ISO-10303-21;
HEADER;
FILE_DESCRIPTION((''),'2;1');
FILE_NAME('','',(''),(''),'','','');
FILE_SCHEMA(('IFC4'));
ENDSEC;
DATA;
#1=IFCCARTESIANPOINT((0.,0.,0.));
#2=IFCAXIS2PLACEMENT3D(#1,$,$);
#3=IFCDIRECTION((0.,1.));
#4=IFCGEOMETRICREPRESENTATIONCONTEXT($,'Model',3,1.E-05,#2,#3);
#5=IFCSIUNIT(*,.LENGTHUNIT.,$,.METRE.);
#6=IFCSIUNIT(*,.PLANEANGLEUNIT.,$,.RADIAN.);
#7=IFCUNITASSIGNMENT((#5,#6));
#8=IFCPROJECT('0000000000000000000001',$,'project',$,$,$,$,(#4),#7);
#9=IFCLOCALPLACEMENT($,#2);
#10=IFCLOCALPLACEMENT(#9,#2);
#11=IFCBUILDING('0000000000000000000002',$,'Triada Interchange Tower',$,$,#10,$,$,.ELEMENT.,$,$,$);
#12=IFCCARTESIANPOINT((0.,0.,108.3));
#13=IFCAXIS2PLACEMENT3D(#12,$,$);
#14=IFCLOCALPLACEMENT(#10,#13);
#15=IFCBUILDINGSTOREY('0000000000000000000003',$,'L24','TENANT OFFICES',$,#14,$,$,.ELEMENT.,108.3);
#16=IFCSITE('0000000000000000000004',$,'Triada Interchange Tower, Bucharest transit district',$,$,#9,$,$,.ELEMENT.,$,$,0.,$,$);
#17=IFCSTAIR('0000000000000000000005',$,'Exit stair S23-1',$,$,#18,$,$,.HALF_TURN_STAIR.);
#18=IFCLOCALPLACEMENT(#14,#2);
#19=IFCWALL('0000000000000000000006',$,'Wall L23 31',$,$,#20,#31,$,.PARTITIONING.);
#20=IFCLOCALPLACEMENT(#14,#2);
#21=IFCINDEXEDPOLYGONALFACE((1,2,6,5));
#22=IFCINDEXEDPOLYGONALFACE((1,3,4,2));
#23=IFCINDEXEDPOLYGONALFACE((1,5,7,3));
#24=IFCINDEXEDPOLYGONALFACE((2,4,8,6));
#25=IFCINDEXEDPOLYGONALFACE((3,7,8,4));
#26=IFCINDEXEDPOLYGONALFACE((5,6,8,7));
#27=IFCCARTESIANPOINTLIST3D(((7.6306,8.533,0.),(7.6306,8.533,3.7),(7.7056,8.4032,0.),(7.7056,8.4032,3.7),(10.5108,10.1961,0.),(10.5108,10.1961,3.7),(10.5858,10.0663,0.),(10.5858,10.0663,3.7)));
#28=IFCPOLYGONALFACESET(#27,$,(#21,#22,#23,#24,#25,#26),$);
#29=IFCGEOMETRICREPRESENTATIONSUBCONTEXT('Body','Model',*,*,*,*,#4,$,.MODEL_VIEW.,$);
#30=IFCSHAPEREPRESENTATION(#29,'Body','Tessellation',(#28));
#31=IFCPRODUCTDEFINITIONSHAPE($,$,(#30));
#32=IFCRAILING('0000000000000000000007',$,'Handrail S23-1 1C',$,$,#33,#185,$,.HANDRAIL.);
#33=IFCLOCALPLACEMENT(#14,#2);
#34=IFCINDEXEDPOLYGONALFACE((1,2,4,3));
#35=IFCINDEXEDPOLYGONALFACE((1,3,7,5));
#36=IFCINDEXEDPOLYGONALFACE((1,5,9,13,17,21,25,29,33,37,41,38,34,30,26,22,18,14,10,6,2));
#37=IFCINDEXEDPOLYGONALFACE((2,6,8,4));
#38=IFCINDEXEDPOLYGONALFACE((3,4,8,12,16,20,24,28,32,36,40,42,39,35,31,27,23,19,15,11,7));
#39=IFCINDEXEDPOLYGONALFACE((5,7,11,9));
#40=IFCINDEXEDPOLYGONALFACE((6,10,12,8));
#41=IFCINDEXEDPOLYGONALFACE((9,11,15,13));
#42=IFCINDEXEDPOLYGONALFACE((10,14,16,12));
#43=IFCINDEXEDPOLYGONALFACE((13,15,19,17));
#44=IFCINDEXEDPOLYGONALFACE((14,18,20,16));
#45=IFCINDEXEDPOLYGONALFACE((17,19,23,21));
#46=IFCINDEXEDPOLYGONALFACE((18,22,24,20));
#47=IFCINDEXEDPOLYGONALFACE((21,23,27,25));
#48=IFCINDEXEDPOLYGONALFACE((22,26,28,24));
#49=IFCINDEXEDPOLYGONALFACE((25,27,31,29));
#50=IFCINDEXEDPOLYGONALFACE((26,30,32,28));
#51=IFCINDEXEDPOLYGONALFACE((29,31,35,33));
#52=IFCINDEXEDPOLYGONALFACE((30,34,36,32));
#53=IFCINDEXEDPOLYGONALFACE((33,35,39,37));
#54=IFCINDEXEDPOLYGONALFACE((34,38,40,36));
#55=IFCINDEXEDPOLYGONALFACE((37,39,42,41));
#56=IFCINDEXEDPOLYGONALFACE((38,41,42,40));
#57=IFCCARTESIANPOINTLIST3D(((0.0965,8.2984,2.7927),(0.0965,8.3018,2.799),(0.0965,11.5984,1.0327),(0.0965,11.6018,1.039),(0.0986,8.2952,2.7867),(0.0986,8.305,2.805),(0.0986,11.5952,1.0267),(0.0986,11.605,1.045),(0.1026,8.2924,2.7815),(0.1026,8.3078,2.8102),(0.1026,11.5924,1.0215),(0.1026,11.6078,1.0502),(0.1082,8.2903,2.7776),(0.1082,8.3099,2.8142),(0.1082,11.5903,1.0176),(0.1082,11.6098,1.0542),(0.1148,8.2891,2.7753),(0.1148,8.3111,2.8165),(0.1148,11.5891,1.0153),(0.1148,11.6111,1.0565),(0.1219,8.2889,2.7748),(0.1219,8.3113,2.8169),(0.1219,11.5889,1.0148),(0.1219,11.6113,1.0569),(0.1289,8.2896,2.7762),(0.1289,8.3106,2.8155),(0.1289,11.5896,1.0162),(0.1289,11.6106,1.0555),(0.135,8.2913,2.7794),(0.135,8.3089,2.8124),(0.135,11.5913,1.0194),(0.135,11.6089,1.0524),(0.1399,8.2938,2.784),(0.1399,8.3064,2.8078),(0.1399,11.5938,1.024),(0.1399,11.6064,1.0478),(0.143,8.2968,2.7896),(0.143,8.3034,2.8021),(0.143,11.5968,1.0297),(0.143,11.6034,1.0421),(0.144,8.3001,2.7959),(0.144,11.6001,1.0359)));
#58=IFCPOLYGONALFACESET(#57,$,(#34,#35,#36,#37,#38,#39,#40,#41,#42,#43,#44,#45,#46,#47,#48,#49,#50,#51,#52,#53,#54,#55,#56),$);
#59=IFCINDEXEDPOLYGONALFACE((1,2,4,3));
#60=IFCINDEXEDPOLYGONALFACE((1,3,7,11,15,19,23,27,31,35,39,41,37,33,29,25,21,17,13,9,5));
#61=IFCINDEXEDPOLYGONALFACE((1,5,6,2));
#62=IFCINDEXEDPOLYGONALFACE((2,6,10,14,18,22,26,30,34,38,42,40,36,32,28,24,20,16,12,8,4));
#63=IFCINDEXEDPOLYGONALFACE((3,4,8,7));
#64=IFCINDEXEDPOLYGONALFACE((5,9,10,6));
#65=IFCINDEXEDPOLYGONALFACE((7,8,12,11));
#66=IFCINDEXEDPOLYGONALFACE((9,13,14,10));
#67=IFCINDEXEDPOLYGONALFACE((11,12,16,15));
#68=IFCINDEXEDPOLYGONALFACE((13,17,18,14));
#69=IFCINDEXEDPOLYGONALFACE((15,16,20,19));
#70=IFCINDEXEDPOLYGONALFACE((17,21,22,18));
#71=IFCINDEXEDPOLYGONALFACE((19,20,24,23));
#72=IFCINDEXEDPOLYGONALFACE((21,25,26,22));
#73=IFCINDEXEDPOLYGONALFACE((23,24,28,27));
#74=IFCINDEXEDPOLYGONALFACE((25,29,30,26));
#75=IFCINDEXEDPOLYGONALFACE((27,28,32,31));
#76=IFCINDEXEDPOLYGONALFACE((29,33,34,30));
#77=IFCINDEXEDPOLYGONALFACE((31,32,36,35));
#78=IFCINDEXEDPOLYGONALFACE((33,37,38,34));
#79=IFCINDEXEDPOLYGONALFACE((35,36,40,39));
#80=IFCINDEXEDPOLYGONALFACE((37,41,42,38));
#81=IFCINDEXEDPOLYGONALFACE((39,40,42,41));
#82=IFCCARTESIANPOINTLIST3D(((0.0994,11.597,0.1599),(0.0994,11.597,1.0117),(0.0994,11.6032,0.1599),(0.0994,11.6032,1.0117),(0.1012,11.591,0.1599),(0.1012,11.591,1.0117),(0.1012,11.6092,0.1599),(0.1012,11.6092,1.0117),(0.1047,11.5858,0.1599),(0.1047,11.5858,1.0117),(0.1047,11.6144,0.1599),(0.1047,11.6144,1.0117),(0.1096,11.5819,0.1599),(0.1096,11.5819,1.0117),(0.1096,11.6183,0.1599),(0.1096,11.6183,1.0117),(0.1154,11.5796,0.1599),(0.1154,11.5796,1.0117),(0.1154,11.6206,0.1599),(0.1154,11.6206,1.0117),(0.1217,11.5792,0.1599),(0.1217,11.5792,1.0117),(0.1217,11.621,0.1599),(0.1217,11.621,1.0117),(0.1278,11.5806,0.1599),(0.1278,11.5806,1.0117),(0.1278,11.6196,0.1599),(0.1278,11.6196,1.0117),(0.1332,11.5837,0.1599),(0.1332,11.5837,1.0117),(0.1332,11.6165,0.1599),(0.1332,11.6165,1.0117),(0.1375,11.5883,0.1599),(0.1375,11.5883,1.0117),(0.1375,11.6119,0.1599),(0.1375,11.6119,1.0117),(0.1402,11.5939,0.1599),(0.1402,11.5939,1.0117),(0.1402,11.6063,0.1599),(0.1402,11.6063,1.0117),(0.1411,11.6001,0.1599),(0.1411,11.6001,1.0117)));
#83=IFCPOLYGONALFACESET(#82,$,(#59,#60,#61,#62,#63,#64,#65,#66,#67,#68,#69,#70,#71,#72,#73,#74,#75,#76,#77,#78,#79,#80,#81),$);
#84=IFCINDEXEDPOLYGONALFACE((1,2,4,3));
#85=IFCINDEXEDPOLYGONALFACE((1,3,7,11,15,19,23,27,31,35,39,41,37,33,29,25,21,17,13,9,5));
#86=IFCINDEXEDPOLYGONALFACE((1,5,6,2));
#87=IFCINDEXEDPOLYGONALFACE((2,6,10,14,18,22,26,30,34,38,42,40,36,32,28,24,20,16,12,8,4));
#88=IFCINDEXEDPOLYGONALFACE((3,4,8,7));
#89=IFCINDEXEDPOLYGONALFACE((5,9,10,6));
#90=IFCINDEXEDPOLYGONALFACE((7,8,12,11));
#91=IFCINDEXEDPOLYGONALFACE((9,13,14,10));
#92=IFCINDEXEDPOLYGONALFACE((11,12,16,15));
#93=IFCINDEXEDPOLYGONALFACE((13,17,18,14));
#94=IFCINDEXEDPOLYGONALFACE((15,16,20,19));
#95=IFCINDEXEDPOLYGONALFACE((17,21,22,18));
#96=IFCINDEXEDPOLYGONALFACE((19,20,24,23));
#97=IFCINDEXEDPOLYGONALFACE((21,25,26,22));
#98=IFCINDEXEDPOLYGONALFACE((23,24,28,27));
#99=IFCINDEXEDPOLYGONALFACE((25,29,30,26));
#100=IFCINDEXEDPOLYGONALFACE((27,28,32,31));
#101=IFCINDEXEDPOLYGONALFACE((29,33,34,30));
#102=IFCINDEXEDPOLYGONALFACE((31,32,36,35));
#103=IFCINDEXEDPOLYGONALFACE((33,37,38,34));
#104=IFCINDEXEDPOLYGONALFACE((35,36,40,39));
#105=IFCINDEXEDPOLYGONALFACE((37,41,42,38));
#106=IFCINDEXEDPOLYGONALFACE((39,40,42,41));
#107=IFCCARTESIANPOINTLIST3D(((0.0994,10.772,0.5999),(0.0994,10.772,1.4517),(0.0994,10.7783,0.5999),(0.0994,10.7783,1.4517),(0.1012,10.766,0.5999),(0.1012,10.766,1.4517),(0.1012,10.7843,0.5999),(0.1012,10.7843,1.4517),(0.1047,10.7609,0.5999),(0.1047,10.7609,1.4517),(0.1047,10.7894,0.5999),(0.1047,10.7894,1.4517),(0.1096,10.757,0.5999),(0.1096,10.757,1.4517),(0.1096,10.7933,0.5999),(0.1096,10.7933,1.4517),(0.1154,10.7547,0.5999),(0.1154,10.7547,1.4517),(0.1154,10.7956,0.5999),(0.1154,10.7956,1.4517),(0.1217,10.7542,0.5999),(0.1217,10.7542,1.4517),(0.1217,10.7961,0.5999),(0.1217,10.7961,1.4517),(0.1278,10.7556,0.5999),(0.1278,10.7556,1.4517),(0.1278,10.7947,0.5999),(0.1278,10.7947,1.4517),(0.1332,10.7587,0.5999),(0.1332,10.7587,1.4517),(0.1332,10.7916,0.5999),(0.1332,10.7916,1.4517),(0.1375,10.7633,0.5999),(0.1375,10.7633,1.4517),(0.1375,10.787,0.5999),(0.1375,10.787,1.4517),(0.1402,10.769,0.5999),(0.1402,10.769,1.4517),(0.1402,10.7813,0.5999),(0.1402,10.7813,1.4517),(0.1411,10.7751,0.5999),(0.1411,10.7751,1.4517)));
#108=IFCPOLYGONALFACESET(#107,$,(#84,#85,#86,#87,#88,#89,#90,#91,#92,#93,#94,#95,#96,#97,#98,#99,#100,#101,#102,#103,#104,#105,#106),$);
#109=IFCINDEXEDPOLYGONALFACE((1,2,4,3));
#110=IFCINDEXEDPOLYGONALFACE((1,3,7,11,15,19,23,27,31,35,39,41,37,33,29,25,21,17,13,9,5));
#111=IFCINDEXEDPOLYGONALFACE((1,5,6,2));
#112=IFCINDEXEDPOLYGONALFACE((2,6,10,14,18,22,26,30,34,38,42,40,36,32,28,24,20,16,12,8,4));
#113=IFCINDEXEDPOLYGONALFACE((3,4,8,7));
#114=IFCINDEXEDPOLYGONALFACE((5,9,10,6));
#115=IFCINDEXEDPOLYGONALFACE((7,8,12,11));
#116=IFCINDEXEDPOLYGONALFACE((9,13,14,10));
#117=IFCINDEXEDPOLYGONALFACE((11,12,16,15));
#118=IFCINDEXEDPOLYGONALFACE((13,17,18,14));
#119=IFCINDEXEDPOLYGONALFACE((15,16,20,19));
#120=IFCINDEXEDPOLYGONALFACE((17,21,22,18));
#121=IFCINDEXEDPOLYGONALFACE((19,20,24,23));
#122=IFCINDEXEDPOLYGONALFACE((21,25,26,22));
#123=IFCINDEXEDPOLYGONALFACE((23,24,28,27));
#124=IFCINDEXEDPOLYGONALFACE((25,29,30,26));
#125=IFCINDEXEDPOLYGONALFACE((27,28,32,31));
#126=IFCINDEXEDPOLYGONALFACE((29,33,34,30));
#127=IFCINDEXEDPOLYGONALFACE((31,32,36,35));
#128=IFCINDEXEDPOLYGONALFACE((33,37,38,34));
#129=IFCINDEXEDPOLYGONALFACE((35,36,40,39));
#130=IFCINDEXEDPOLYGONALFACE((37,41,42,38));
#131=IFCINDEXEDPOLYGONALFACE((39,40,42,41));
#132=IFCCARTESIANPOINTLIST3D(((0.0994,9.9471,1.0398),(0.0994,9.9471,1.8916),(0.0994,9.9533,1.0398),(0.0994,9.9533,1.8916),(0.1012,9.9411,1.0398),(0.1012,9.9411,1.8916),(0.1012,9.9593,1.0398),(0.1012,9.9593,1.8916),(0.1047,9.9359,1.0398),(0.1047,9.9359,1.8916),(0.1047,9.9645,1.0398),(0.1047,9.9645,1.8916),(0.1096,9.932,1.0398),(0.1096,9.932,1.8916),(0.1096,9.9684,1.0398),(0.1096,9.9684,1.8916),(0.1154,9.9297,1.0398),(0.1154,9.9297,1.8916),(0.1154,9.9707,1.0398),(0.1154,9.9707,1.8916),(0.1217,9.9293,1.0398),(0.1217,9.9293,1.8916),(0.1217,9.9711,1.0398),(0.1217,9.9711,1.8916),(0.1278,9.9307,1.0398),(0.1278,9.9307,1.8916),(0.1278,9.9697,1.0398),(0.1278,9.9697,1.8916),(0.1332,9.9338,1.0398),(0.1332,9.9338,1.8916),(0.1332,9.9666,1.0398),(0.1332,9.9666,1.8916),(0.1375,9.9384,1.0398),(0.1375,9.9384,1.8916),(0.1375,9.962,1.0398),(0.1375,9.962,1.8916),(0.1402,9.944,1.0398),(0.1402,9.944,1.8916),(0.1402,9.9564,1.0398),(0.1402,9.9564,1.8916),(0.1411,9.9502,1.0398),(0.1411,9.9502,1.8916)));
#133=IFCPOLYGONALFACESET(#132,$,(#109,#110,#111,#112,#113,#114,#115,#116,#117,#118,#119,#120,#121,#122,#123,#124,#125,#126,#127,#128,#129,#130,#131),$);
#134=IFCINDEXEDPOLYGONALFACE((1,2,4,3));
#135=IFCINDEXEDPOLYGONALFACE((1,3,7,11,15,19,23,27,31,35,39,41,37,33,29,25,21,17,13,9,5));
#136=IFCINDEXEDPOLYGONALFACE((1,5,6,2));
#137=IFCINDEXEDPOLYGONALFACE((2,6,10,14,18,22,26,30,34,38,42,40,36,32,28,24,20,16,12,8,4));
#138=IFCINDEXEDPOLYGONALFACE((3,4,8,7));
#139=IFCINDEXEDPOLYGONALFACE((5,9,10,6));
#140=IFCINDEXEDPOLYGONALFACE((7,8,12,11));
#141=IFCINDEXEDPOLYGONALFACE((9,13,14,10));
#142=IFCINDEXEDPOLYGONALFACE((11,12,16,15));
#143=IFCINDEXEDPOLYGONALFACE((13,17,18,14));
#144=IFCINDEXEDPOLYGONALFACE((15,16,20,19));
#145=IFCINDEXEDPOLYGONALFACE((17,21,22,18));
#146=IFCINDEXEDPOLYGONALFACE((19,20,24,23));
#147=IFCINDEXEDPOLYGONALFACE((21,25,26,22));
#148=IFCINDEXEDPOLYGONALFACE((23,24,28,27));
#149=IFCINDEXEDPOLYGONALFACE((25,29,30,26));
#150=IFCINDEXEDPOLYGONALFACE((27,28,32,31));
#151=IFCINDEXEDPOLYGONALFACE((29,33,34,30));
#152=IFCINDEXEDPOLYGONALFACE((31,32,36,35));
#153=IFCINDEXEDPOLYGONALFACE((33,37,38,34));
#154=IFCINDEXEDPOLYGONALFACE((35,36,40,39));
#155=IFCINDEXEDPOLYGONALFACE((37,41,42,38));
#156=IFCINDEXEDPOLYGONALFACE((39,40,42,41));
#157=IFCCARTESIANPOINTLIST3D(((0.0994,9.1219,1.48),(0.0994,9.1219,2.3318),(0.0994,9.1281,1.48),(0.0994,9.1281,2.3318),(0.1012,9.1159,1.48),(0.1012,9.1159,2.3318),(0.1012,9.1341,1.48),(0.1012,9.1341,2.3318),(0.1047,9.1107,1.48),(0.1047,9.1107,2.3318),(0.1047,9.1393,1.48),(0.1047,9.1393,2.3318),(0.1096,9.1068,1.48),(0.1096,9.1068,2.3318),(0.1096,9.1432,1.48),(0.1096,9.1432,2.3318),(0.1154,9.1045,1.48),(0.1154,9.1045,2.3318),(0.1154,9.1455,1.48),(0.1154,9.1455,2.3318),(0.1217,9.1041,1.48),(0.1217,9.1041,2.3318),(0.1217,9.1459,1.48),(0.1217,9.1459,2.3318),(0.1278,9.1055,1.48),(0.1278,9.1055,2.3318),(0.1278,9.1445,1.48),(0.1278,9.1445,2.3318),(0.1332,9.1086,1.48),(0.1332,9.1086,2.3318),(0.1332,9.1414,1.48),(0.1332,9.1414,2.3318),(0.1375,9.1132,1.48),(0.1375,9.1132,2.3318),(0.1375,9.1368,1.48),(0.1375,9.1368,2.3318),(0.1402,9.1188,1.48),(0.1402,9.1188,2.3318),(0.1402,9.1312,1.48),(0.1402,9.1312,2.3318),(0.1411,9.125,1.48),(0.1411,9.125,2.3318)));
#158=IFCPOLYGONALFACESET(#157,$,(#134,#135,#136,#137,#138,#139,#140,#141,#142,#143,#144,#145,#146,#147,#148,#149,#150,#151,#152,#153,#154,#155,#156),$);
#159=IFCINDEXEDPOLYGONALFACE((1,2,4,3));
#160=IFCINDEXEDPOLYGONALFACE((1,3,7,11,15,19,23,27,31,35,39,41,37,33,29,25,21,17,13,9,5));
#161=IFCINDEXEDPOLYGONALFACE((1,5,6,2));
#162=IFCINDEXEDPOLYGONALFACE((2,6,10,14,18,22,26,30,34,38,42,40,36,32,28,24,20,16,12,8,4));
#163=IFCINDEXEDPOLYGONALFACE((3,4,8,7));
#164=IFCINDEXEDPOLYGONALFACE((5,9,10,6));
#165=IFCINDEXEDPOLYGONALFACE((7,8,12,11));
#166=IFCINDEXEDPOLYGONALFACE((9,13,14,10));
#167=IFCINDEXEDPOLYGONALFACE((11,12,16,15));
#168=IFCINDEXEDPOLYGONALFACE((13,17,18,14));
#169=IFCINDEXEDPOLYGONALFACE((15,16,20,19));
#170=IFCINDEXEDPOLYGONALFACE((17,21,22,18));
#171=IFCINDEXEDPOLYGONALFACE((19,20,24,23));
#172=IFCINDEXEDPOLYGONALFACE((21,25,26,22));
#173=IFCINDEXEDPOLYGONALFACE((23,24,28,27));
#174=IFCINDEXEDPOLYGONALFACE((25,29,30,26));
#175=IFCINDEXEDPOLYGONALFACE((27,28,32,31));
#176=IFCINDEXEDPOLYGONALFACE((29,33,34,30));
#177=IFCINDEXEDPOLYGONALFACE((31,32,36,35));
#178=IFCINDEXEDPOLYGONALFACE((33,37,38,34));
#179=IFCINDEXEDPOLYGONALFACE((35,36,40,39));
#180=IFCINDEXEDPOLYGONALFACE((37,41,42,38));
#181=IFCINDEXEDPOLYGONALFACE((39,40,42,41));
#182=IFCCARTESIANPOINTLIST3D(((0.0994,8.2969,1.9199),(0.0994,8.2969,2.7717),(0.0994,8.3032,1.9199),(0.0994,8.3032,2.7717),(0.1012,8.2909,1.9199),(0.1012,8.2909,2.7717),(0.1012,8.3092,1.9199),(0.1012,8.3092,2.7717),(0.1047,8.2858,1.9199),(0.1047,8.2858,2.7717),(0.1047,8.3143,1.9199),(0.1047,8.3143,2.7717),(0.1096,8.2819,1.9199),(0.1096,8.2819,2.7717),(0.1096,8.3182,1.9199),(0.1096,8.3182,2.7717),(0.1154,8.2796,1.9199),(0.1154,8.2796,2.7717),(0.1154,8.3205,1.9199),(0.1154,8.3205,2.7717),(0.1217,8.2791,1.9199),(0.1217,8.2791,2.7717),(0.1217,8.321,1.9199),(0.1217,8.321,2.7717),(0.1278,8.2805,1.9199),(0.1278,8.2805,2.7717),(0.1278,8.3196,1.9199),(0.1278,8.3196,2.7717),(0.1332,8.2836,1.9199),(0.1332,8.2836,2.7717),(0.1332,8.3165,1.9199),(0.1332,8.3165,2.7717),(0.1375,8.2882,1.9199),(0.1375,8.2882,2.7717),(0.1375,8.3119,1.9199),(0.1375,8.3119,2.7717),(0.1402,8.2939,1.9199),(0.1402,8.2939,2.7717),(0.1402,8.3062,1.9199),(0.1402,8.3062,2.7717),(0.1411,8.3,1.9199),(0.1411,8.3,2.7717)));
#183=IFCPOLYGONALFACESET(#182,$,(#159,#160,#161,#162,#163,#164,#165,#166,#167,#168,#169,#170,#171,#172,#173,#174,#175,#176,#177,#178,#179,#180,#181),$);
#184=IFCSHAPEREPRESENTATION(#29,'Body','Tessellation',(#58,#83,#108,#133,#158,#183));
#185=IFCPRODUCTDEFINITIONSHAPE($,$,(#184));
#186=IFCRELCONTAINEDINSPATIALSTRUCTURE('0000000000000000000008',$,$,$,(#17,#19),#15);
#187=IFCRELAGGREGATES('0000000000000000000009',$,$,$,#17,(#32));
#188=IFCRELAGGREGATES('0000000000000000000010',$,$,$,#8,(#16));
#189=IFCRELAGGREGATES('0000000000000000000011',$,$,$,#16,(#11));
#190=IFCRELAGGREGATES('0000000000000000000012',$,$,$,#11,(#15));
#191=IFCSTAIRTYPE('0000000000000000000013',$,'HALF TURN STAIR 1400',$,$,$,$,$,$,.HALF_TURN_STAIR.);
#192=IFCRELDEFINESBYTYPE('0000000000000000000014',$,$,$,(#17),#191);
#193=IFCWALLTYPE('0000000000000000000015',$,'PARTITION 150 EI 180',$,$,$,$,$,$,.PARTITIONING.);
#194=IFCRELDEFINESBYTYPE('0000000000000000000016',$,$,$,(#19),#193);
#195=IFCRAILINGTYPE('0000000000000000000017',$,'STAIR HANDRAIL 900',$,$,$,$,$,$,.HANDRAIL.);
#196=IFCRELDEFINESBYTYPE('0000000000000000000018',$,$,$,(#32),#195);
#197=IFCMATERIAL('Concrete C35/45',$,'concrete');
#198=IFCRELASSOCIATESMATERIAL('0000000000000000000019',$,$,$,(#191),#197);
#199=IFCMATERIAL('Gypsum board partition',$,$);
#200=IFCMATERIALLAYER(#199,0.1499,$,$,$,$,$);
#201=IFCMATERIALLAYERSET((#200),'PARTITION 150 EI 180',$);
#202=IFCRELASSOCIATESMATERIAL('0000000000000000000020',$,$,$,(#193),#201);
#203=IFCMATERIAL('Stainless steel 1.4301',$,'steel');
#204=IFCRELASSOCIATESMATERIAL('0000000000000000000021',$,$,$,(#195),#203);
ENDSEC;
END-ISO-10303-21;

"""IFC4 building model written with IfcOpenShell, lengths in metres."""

from ifc_helpers import new_model, si_unit, direction, frame, frame_2d, origin, origin_2d, place, context, subcontext, project, spatial, rectangle, circle, extrude, material, layer, layer_set, type_object, element, aggregate, save


model = new_model("IFC4")

# Units and contexts
model_context = context("Model", 3, precision=1e-05, world=origin(), true_north=direction((0.0, 1.0)))
body_context = subcontext(model_context, "Body", "Model", "MODEL_VIEW")
ifc_project = project(units=[si_unit("LENGTHUNIT", "METRE"), si_unit("PLANEANGLEUNIT", "RADIAN")], contexts=[model_context])

# Site, building, storey
site_placement = place(None, origin())
site = spatial("IfcSite", under=ifc_project, at=site_placement, Name="Triada Interchange Tower, Bucharest transit district", CompositionType="ELEMENT", RefElevation=0.0)
building_placement = place(site_placement, origin())
building = spatial("IfcBuilding", under=site, at=building_placement, Name="Triada Interchange Tower", CompositionType="ELEMENT")
storey_placement = place(building_placement, frame((0.0, 0.0, 108.3)))
storey = spatial("IfcBuildingStorey", under=building, at=storey_placement, Name="L24", Description="TENANT OFFICES", CompositionType="ELEMENT", Elevation=108.3)

# Stair
ifc_material_1 = material(Name="Concrete C35/45", Category="concrete")
stair_type = type_object("IfcStairType", Name="HALF TURN STAIR 1400", PredefinedType="HALF_TURN_STAIR", material=ifc_material_1)
stair_1_placement = place(storey_placement, origin())
stair_1 = element("IfcStair", 1, at=stair_1_placement, inside=storey, type_object=stair_type, Name="Exit stair S23-1", PredefinedType="HALF_TURN_STAIR")

# Wall
ifc_material_2 = material(Name="Gypsum board partition")
ifc_layer_1 = layer(ifc_material_2, 0.1499)
ifc_layer_set_1 = layer_set([ifc_layer_1], Name="PARTITION 150 EI 180")
wall_type_1 = type_object("IfcWallType", Name="PARTITION 150 EI 180", PredefinedType="PARTITIONING", material=ifc_layer_set_1)
wall_1_placement = place(storey_placement, frame((7.668, 8.468, 0.0), z_axis=(0.0, 0.0, 1.0), x_axis=(0.865994, 0.500055, 0.0)))
element("IfcWall", 2, at=wall_1_placement, inside=storey, type_object=wall_type_1, Name="Wall L23 31", PredefinedType="PARTITIONING", context=body_context, shape_type="SweptSolid", body=[
    extrude(rectangle(XDim=3.3259, YDim=0.1499, at=frame_2d((1.6631, 0.0))), origin(), (0.0, 0.0, 1.0), 3.7),
])

# Railing
ifc_material_3 = material(Name="Stainless steel 1.4301", Category="steel")
railing_type = type_object("IfcRailingType", Name="STAIR HANDRAIL 900", PredefinedType="HANDRAIL", material=ifc_material_3)
railing_placement = place(storey_placement, frame((0.1201, 11.6001, 0.1599)))
railing = element("IfcRailing", 3, at=railing_placement, type_object=railing_type, Name="Handrail S23-1 1C", PredefinedType="HANDRAIL", context=body_context, shape_type="SweptSolid", body=[
    extrude(circle(Radius=0.0239, at=origin_2d()), frame((0.0, 0.0, 0.876), z_axis=(0.0, -0.882355, 0.470585), x_axis=(1.0, 0.0, 0.0)), (0.0, 0.0, 1.0), 3.74),
    extrude(circle(Radius=0.021, at=origin_2d()), origin(), (0.0, 0.0, 1.0), 0.8518),
    extrude(circle(Radius=0.021, at=origin_2d()), frame((0.0, -0.825, 0.4399)), (0.0, 0.0, 1.0), 0.8518),
    extrude(circle(Radius=0.021, at=origin_2d()), frame((0.0, -1.6499, 0.8799)), (0.0, 0.0, 1.0), 0.8518),
    extrude(circle(Radius=0.021, at=origin_2d()), frame((0.0, -2.4751, 1.3201)), (0.0, 0.0, 1.0), 0.8518),
    extrude(circle(Radius=0.021, at=origin_2d()), frame((0.0, -3.3, 1.76)), (0.0, 0.0, 1.0), 0.8518),
])
aggregate(stair_1, [railing])

save(model, "model.ifc")
